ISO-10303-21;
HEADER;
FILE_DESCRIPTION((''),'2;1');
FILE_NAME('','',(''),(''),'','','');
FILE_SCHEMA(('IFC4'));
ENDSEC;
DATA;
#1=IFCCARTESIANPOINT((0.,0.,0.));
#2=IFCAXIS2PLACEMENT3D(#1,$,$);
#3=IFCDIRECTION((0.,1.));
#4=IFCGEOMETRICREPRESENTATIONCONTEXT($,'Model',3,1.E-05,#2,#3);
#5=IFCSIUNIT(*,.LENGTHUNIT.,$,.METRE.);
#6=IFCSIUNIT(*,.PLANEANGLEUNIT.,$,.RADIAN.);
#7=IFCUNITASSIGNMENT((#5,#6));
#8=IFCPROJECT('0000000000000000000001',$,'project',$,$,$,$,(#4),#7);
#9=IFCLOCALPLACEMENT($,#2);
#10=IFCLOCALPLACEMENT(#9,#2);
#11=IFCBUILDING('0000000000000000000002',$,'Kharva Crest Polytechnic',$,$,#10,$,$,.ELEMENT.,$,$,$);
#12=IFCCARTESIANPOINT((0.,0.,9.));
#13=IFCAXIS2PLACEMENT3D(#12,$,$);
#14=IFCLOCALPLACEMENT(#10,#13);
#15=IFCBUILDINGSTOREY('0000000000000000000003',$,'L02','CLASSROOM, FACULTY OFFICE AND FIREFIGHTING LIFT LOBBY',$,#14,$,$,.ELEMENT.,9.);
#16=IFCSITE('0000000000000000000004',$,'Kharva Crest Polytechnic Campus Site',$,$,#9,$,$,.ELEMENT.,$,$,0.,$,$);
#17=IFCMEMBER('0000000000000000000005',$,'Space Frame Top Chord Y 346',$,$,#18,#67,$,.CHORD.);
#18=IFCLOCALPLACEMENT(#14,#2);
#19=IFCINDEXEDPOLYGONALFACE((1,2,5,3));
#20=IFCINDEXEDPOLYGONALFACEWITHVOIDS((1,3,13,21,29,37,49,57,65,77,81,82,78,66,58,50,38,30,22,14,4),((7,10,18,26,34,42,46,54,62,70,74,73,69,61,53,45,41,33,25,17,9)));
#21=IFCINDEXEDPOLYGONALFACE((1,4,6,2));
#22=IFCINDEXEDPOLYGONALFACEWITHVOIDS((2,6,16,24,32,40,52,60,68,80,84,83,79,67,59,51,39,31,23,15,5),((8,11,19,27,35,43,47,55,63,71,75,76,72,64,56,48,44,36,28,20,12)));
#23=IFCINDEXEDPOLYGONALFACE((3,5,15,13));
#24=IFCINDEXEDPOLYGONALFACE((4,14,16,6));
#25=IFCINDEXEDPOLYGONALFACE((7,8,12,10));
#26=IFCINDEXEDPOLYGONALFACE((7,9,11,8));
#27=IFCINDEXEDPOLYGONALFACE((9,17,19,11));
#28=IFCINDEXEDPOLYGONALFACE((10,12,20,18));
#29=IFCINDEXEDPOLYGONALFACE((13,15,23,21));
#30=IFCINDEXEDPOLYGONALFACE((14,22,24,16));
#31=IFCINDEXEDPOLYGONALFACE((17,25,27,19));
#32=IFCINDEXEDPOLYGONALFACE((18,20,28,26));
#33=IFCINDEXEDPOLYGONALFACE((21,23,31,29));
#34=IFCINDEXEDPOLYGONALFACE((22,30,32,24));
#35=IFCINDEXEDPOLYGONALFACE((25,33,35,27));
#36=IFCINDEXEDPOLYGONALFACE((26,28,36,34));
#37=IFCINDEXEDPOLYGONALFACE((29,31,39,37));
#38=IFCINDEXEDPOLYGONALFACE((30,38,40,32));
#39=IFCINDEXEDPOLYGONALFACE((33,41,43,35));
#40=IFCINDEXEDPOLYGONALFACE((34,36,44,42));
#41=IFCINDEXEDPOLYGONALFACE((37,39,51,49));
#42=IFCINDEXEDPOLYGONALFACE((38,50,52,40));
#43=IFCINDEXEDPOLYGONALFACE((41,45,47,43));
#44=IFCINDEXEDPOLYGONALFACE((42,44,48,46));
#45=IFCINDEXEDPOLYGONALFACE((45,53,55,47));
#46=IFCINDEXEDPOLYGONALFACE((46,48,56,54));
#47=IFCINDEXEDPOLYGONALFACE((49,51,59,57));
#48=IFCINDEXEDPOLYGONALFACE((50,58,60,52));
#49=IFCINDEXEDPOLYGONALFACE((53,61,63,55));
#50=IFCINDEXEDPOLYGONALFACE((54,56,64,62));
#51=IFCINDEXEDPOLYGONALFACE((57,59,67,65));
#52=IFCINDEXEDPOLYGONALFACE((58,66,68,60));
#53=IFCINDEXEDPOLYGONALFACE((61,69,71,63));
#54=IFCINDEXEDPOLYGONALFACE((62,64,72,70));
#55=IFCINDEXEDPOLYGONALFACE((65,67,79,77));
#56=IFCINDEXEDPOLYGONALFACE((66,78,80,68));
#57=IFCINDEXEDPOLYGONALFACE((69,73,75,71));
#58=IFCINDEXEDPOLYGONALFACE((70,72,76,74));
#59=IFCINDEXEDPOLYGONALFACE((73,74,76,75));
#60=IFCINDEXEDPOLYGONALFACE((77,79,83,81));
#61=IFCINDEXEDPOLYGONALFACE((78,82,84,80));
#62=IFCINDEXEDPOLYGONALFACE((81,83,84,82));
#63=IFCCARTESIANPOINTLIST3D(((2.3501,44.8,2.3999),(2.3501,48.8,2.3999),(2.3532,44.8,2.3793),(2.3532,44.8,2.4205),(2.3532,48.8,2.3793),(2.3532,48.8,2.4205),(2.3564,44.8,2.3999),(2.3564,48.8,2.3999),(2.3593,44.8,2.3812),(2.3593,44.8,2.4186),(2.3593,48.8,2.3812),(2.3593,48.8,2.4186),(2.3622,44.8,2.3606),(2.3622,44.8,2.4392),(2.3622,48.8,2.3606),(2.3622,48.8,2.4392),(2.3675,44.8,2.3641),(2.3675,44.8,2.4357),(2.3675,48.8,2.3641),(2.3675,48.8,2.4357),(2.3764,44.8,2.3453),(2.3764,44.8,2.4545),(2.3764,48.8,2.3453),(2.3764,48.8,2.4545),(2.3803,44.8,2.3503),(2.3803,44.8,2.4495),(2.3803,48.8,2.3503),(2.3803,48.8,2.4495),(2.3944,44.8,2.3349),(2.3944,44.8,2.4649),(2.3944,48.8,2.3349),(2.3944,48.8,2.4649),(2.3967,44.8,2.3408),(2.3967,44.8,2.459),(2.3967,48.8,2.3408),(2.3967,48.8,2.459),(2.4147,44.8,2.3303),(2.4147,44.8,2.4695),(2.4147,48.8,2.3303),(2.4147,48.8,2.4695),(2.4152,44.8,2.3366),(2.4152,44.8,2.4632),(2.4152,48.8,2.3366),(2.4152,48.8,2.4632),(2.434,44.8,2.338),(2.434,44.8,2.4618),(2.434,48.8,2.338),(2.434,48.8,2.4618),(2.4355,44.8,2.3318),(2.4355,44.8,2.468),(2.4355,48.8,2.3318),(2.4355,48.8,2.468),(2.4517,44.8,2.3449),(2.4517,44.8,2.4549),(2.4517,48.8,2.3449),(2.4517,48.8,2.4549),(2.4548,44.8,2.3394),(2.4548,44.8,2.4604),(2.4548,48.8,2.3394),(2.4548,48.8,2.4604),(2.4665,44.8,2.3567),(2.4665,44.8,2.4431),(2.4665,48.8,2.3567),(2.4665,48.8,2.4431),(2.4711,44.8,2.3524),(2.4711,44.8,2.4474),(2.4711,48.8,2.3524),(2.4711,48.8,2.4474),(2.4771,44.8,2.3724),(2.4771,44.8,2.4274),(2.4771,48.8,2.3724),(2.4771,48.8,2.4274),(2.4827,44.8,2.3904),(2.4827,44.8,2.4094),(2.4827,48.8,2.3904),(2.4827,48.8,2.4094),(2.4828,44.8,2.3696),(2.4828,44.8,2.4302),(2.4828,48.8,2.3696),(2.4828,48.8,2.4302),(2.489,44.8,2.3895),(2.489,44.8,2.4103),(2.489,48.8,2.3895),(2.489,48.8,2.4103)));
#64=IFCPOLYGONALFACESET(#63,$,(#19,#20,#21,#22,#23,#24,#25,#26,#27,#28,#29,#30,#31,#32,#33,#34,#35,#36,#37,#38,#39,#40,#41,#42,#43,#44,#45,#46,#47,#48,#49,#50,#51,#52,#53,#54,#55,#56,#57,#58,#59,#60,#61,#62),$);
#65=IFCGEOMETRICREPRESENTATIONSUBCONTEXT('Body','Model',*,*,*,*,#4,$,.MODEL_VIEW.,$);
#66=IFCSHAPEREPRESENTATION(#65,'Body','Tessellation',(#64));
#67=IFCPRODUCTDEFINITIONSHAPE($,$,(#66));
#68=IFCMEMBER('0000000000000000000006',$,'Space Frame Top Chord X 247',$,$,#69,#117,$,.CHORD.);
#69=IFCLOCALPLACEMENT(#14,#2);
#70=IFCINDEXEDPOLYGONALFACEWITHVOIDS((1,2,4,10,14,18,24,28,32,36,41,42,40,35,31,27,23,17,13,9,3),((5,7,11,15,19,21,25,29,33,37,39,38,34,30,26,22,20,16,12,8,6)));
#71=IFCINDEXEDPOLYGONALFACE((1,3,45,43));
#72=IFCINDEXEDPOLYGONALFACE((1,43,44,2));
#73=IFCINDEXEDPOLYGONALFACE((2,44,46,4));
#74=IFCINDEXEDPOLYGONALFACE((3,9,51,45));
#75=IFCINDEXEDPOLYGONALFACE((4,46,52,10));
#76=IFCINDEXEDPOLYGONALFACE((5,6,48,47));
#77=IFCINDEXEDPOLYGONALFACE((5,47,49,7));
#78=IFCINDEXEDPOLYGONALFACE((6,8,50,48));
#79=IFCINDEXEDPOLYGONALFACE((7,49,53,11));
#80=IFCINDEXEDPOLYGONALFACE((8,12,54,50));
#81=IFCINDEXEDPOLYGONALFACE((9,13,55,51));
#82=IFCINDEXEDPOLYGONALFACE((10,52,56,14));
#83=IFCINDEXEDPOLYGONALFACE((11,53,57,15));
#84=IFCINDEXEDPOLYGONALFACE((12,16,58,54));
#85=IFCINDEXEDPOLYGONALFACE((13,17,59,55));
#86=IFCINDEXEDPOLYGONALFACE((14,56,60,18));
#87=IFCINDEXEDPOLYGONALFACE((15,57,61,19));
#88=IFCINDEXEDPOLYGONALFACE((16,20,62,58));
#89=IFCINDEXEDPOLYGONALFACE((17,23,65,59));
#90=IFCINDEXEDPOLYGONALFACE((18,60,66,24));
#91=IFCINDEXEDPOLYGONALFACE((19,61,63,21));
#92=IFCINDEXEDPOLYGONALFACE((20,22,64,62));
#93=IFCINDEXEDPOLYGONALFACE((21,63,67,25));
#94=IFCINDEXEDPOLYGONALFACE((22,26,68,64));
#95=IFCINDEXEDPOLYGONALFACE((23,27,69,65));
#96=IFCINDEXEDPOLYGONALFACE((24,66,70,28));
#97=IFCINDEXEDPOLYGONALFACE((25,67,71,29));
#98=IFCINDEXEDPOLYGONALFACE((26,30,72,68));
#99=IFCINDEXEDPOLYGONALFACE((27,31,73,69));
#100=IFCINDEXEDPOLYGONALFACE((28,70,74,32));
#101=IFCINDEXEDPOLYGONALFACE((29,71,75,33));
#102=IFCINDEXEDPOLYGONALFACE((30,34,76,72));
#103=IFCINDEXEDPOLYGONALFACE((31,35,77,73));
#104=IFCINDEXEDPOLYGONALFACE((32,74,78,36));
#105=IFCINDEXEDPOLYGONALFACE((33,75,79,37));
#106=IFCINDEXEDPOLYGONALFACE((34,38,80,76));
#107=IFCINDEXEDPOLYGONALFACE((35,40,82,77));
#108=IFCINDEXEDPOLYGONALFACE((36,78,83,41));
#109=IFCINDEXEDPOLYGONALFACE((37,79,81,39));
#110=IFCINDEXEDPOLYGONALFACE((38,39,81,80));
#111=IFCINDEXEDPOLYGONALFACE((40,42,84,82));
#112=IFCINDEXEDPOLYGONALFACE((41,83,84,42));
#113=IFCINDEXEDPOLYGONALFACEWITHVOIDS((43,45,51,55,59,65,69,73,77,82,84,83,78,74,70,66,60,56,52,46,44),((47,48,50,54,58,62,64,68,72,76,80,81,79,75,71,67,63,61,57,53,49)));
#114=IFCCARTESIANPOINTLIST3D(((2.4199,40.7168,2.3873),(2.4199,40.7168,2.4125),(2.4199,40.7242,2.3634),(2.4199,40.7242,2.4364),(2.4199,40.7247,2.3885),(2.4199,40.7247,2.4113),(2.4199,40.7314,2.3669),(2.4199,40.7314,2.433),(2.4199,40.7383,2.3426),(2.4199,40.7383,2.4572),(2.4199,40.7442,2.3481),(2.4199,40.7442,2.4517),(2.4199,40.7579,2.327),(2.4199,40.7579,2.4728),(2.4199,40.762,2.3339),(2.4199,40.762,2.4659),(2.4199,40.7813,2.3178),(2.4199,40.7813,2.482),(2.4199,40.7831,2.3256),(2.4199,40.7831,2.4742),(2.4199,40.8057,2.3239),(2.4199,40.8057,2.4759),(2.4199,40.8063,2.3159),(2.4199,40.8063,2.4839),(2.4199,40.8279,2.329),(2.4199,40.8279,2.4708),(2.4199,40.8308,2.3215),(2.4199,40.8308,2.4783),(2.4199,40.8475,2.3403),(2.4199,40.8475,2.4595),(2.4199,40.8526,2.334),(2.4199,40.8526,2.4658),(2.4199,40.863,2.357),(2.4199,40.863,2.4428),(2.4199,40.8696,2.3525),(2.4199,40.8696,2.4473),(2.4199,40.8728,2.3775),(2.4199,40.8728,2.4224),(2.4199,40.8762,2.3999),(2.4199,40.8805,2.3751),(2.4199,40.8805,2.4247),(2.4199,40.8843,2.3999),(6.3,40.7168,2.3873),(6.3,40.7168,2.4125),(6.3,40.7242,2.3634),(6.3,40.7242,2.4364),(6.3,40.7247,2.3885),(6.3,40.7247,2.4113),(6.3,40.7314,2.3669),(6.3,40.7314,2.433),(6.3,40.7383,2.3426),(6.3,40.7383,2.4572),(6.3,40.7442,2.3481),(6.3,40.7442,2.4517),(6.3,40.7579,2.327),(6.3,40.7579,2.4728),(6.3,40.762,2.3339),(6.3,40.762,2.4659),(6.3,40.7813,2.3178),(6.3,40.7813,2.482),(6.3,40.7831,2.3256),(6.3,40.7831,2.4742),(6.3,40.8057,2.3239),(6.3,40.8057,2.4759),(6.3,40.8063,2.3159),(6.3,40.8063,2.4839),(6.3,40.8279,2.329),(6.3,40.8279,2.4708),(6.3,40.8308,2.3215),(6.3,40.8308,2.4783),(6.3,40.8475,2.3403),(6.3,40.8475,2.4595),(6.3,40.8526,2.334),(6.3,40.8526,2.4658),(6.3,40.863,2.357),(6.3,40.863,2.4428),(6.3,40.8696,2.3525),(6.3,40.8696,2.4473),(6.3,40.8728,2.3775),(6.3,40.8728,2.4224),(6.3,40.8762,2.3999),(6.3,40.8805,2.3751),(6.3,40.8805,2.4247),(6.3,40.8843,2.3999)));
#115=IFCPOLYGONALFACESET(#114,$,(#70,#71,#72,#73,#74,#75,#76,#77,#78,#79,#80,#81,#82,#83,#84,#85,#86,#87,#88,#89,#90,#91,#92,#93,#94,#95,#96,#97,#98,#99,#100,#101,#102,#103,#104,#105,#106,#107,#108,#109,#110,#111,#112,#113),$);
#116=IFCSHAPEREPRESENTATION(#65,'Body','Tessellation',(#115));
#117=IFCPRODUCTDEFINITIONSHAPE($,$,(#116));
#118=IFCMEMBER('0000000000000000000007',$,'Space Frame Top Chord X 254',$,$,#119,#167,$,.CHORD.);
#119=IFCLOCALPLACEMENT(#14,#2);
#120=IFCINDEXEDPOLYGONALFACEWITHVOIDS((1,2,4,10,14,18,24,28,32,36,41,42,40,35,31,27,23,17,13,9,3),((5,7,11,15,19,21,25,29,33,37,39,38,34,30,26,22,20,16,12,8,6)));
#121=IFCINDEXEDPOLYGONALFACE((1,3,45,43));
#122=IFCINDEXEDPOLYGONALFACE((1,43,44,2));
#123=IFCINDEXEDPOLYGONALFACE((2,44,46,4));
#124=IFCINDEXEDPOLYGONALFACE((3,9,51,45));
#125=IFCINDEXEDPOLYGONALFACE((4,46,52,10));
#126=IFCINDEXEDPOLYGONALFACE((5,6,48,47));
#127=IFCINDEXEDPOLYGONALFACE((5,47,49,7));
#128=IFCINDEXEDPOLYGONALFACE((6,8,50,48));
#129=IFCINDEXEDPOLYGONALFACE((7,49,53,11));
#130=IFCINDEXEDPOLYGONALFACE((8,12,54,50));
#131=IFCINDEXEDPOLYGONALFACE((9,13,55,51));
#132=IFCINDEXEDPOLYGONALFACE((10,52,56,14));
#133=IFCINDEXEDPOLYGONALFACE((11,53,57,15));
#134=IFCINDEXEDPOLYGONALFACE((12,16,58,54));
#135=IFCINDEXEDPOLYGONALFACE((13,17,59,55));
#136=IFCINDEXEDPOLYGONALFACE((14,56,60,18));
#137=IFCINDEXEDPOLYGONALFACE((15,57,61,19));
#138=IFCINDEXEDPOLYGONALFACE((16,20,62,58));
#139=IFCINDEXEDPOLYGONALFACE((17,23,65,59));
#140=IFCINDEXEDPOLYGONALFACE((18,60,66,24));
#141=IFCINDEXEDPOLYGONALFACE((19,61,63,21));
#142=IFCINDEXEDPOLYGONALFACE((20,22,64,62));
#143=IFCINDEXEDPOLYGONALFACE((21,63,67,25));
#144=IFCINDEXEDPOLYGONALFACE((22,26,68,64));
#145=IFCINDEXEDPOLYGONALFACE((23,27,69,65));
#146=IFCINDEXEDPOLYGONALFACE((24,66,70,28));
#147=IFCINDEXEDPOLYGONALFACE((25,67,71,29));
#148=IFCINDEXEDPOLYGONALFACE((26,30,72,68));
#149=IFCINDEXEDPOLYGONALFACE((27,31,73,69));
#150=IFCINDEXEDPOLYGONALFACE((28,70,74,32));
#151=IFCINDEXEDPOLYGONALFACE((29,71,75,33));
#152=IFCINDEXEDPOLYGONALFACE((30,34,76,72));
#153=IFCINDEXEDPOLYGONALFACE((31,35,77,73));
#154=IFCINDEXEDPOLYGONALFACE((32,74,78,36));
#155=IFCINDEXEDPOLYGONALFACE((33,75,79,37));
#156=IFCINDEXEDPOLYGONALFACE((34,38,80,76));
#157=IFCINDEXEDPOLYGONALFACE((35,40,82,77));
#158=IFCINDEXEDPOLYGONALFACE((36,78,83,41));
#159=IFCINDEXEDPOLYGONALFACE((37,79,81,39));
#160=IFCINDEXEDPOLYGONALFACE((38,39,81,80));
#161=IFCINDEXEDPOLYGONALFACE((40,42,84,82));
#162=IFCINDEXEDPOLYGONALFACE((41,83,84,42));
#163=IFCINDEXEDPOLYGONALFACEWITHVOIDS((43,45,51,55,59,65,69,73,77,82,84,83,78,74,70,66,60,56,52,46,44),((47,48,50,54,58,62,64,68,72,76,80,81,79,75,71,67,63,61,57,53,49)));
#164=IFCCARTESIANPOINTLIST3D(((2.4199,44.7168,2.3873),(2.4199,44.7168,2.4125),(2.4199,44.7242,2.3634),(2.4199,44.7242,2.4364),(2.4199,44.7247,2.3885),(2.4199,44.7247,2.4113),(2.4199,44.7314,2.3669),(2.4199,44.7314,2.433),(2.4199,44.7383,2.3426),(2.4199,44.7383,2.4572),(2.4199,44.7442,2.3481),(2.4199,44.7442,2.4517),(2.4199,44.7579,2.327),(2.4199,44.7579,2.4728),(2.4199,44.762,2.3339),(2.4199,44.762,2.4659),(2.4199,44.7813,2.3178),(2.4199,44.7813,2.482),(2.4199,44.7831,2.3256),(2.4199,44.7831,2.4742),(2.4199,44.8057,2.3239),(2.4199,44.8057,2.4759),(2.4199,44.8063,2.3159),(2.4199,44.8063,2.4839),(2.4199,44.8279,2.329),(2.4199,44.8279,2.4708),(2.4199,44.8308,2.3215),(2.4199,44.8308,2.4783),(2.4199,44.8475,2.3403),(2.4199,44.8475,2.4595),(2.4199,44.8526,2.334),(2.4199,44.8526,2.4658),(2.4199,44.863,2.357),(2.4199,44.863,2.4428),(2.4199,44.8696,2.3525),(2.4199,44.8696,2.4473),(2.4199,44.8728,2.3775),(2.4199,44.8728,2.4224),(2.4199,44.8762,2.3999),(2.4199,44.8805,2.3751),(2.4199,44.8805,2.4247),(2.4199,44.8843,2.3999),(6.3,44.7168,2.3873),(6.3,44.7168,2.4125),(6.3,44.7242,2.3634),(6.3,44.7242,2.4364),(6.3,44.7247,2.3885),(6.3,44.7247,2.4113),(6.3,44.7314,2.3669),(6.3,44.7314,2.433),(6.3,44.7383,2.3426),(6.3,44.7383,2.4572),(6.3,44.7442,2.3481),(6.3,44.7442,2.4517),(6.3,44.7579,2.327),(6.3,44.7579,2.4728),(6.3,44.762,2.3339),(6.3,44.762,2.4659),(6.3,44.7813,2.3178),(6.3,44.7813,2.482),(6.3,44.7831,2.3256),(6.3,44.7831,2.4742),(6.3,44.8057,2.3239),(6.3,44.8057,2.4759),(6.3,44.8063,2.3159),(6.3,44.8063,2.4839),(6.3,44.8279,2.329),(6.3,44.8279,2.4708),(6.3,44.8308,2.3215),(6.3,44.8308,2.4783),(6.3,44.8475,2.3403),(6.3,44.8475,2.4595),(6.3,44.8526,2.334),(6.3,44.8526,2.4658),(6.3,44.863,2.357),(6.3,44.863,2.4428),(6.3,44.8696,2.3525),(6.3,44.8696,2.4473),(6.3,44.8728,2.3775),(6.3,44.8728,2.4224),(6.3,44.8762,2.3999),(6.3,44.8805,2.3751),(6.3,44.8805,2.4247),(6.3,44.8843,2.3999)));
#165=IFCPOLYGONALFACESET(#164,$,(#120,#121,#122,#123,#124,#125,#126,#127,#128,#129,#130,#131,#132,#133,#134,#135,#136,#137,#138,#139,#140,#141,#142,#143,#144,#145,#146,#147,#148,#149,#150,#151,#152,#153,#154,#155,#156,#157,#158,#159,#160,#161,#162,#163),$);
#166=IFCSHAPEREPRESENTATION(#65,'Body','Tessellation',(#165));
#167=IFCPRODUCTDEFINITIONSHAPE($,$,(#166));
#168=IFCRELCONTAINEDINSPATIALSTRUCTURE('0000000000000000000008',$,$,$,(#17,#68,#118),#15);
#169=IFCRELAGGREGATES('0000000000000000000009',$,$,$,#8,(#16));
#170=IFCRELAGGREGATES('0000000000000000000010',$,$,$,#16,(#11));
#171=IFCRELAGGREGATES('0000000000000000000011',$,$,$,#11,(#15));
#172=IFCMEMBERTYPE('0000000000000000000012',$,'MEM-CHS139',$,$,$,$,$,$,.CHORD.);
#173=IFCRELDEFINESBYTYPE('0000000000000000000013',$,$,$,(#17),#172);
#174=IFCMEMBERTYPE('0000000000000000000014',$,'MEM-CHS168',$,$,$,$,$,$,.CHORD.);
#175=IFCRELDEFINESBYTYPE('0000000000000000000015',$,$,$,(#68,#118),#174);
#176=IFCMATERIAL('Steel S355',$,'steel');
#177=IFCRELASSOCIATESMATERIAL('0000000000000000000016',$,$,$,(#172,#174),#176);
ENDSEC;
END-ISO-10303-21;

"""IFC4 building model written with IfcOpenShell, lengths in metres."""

from ifc_helpers import new_model, si_unit, direction, frame, origin, origin_2d, place, context, subcontext, project, spatial, hollow_circle, extrude, material, material_profile, profile_set, type_object, element, save


model = new_model("IFC4")

# Units and contexts
model_context = context("Model", 3, precision=1e-05, world=origin(), true_north=direction((0.0, 1.0)))
body_context = subcontext(model_context, "Body", "Model", "MODEL_VIEW")
ifc_project = project(units=[si_unit("LENGTHUNIT", "METRE"), si_unit("PLANEANGLEUNIT", "RADIAN")], contexts=[model_context])

# Site, building, storey
site_placement = place(None, origin())
site = spatial("IfcSite", under=ifc_project, at=site_placement, Name="Kharva Crest Polytechnic Campus Site", CompositionType="ELEMENT", RefElevation=0.0)
building_placement = place(site_placement, origin())
building = spatial("IfcBuilding", under=site, at=building_placement, Name="Kharva Crest Polytechnic", CompositionType="ELEMENT")
storey_placement = place(building_placement, frame((0.0, 0.0, 9.0)))
storey = spatial("IfcBuildingStorey", under=building, at=storey_placement, Name="L02", Description="CLASSROOM, FACULTY OFFICE AND FIREFIGHTING LIFT LOBBY", CompositionType="ELEMENT", Elevation=9.0)

# Shared definitions
ifc_material_1 = material(Name="Steel S355", Category="steel")

# Members
ifc_material_profile_1 = material_profile(ifc_material_1, hollow_circle(Radius=0.0698, WallThickness=0.0063, at=origin_2d()), Name="CHS 139.7X6.3")
ifc_profile_set_1 = profile_set([ifc_material_profile_1], Name="Steel S355")
member_type_1 = type_object("IfcMemberType", Name="MEM-CHS139", PredefinedType="CHORD", material=ifc_profile_set_1)
for number, where, z_axis, x_axis, name in (
    (1, (2.4199, 44.8, 2.3999), (0.0, 1.0, 0.0), (-1.0, 0.0, 0.0), "Space Frame Top Chord Y 346"),
):
    element("IfcMember", number, at=place(storey_placement, frame(where, z_axis=z_axis, x_axis=x_axis)), inside=storey, type_object=member_type_1, Name=name, PredefinedType="CHORD", context=body_context, shape_type="SweptSolid", body=[
        extrude(hollow_circle(Radius=0.0698, WallThickness=0.0063, at=origin_2d()), origin(), (0.0, 0.0, 1.0), 4.0),
    ])
ifc_material_profile_2 = material_profile(ifc_material_1, hollow_circle(Radius=0.0842, WallThickness=0.0081, at=origin_2d()), Name="CHS 168.3X8.0")
ifc_profile_set_2 = profile_set([ifc_material_profile_2], Name="Steel S355")
member_type_2 = type_object("IfcMemberType", Name="MEM-CHS168", PredefinedType="CHORD", material=ifc_profile_set_2)
for number, where, z_axis, x_axis, name in (
    (2, (2.4199, 40.8, 2.3999), (1.0, 0.0, 0.0), (0.0, 1.0, 0.0), "Space Frame Top Chord X 247"),
    (3, (2.4199, 44.8, 2.3999), (1.0, 0.0, 0.0), (0.0, 1.0, 0.0), "Space Frame Top Chord X 254"),
):
    element("IfcMember", number, at=place(storey_placement, frame(where, z_axis=z_axis, x_axis=x_axis)), inside=storey, type_object=member_type_2, Name=name, PredefinedType="CHORD", context=body_context, shape_type="SweptSolid", body=[
        extrude(hollow_circle(Radius=0.0842, WallThickness=0.0081, at=origin_2d()), origin(), (0.0, 0.0, 1.0), 3.8801),
    ])

save(model, "model.ifc")
